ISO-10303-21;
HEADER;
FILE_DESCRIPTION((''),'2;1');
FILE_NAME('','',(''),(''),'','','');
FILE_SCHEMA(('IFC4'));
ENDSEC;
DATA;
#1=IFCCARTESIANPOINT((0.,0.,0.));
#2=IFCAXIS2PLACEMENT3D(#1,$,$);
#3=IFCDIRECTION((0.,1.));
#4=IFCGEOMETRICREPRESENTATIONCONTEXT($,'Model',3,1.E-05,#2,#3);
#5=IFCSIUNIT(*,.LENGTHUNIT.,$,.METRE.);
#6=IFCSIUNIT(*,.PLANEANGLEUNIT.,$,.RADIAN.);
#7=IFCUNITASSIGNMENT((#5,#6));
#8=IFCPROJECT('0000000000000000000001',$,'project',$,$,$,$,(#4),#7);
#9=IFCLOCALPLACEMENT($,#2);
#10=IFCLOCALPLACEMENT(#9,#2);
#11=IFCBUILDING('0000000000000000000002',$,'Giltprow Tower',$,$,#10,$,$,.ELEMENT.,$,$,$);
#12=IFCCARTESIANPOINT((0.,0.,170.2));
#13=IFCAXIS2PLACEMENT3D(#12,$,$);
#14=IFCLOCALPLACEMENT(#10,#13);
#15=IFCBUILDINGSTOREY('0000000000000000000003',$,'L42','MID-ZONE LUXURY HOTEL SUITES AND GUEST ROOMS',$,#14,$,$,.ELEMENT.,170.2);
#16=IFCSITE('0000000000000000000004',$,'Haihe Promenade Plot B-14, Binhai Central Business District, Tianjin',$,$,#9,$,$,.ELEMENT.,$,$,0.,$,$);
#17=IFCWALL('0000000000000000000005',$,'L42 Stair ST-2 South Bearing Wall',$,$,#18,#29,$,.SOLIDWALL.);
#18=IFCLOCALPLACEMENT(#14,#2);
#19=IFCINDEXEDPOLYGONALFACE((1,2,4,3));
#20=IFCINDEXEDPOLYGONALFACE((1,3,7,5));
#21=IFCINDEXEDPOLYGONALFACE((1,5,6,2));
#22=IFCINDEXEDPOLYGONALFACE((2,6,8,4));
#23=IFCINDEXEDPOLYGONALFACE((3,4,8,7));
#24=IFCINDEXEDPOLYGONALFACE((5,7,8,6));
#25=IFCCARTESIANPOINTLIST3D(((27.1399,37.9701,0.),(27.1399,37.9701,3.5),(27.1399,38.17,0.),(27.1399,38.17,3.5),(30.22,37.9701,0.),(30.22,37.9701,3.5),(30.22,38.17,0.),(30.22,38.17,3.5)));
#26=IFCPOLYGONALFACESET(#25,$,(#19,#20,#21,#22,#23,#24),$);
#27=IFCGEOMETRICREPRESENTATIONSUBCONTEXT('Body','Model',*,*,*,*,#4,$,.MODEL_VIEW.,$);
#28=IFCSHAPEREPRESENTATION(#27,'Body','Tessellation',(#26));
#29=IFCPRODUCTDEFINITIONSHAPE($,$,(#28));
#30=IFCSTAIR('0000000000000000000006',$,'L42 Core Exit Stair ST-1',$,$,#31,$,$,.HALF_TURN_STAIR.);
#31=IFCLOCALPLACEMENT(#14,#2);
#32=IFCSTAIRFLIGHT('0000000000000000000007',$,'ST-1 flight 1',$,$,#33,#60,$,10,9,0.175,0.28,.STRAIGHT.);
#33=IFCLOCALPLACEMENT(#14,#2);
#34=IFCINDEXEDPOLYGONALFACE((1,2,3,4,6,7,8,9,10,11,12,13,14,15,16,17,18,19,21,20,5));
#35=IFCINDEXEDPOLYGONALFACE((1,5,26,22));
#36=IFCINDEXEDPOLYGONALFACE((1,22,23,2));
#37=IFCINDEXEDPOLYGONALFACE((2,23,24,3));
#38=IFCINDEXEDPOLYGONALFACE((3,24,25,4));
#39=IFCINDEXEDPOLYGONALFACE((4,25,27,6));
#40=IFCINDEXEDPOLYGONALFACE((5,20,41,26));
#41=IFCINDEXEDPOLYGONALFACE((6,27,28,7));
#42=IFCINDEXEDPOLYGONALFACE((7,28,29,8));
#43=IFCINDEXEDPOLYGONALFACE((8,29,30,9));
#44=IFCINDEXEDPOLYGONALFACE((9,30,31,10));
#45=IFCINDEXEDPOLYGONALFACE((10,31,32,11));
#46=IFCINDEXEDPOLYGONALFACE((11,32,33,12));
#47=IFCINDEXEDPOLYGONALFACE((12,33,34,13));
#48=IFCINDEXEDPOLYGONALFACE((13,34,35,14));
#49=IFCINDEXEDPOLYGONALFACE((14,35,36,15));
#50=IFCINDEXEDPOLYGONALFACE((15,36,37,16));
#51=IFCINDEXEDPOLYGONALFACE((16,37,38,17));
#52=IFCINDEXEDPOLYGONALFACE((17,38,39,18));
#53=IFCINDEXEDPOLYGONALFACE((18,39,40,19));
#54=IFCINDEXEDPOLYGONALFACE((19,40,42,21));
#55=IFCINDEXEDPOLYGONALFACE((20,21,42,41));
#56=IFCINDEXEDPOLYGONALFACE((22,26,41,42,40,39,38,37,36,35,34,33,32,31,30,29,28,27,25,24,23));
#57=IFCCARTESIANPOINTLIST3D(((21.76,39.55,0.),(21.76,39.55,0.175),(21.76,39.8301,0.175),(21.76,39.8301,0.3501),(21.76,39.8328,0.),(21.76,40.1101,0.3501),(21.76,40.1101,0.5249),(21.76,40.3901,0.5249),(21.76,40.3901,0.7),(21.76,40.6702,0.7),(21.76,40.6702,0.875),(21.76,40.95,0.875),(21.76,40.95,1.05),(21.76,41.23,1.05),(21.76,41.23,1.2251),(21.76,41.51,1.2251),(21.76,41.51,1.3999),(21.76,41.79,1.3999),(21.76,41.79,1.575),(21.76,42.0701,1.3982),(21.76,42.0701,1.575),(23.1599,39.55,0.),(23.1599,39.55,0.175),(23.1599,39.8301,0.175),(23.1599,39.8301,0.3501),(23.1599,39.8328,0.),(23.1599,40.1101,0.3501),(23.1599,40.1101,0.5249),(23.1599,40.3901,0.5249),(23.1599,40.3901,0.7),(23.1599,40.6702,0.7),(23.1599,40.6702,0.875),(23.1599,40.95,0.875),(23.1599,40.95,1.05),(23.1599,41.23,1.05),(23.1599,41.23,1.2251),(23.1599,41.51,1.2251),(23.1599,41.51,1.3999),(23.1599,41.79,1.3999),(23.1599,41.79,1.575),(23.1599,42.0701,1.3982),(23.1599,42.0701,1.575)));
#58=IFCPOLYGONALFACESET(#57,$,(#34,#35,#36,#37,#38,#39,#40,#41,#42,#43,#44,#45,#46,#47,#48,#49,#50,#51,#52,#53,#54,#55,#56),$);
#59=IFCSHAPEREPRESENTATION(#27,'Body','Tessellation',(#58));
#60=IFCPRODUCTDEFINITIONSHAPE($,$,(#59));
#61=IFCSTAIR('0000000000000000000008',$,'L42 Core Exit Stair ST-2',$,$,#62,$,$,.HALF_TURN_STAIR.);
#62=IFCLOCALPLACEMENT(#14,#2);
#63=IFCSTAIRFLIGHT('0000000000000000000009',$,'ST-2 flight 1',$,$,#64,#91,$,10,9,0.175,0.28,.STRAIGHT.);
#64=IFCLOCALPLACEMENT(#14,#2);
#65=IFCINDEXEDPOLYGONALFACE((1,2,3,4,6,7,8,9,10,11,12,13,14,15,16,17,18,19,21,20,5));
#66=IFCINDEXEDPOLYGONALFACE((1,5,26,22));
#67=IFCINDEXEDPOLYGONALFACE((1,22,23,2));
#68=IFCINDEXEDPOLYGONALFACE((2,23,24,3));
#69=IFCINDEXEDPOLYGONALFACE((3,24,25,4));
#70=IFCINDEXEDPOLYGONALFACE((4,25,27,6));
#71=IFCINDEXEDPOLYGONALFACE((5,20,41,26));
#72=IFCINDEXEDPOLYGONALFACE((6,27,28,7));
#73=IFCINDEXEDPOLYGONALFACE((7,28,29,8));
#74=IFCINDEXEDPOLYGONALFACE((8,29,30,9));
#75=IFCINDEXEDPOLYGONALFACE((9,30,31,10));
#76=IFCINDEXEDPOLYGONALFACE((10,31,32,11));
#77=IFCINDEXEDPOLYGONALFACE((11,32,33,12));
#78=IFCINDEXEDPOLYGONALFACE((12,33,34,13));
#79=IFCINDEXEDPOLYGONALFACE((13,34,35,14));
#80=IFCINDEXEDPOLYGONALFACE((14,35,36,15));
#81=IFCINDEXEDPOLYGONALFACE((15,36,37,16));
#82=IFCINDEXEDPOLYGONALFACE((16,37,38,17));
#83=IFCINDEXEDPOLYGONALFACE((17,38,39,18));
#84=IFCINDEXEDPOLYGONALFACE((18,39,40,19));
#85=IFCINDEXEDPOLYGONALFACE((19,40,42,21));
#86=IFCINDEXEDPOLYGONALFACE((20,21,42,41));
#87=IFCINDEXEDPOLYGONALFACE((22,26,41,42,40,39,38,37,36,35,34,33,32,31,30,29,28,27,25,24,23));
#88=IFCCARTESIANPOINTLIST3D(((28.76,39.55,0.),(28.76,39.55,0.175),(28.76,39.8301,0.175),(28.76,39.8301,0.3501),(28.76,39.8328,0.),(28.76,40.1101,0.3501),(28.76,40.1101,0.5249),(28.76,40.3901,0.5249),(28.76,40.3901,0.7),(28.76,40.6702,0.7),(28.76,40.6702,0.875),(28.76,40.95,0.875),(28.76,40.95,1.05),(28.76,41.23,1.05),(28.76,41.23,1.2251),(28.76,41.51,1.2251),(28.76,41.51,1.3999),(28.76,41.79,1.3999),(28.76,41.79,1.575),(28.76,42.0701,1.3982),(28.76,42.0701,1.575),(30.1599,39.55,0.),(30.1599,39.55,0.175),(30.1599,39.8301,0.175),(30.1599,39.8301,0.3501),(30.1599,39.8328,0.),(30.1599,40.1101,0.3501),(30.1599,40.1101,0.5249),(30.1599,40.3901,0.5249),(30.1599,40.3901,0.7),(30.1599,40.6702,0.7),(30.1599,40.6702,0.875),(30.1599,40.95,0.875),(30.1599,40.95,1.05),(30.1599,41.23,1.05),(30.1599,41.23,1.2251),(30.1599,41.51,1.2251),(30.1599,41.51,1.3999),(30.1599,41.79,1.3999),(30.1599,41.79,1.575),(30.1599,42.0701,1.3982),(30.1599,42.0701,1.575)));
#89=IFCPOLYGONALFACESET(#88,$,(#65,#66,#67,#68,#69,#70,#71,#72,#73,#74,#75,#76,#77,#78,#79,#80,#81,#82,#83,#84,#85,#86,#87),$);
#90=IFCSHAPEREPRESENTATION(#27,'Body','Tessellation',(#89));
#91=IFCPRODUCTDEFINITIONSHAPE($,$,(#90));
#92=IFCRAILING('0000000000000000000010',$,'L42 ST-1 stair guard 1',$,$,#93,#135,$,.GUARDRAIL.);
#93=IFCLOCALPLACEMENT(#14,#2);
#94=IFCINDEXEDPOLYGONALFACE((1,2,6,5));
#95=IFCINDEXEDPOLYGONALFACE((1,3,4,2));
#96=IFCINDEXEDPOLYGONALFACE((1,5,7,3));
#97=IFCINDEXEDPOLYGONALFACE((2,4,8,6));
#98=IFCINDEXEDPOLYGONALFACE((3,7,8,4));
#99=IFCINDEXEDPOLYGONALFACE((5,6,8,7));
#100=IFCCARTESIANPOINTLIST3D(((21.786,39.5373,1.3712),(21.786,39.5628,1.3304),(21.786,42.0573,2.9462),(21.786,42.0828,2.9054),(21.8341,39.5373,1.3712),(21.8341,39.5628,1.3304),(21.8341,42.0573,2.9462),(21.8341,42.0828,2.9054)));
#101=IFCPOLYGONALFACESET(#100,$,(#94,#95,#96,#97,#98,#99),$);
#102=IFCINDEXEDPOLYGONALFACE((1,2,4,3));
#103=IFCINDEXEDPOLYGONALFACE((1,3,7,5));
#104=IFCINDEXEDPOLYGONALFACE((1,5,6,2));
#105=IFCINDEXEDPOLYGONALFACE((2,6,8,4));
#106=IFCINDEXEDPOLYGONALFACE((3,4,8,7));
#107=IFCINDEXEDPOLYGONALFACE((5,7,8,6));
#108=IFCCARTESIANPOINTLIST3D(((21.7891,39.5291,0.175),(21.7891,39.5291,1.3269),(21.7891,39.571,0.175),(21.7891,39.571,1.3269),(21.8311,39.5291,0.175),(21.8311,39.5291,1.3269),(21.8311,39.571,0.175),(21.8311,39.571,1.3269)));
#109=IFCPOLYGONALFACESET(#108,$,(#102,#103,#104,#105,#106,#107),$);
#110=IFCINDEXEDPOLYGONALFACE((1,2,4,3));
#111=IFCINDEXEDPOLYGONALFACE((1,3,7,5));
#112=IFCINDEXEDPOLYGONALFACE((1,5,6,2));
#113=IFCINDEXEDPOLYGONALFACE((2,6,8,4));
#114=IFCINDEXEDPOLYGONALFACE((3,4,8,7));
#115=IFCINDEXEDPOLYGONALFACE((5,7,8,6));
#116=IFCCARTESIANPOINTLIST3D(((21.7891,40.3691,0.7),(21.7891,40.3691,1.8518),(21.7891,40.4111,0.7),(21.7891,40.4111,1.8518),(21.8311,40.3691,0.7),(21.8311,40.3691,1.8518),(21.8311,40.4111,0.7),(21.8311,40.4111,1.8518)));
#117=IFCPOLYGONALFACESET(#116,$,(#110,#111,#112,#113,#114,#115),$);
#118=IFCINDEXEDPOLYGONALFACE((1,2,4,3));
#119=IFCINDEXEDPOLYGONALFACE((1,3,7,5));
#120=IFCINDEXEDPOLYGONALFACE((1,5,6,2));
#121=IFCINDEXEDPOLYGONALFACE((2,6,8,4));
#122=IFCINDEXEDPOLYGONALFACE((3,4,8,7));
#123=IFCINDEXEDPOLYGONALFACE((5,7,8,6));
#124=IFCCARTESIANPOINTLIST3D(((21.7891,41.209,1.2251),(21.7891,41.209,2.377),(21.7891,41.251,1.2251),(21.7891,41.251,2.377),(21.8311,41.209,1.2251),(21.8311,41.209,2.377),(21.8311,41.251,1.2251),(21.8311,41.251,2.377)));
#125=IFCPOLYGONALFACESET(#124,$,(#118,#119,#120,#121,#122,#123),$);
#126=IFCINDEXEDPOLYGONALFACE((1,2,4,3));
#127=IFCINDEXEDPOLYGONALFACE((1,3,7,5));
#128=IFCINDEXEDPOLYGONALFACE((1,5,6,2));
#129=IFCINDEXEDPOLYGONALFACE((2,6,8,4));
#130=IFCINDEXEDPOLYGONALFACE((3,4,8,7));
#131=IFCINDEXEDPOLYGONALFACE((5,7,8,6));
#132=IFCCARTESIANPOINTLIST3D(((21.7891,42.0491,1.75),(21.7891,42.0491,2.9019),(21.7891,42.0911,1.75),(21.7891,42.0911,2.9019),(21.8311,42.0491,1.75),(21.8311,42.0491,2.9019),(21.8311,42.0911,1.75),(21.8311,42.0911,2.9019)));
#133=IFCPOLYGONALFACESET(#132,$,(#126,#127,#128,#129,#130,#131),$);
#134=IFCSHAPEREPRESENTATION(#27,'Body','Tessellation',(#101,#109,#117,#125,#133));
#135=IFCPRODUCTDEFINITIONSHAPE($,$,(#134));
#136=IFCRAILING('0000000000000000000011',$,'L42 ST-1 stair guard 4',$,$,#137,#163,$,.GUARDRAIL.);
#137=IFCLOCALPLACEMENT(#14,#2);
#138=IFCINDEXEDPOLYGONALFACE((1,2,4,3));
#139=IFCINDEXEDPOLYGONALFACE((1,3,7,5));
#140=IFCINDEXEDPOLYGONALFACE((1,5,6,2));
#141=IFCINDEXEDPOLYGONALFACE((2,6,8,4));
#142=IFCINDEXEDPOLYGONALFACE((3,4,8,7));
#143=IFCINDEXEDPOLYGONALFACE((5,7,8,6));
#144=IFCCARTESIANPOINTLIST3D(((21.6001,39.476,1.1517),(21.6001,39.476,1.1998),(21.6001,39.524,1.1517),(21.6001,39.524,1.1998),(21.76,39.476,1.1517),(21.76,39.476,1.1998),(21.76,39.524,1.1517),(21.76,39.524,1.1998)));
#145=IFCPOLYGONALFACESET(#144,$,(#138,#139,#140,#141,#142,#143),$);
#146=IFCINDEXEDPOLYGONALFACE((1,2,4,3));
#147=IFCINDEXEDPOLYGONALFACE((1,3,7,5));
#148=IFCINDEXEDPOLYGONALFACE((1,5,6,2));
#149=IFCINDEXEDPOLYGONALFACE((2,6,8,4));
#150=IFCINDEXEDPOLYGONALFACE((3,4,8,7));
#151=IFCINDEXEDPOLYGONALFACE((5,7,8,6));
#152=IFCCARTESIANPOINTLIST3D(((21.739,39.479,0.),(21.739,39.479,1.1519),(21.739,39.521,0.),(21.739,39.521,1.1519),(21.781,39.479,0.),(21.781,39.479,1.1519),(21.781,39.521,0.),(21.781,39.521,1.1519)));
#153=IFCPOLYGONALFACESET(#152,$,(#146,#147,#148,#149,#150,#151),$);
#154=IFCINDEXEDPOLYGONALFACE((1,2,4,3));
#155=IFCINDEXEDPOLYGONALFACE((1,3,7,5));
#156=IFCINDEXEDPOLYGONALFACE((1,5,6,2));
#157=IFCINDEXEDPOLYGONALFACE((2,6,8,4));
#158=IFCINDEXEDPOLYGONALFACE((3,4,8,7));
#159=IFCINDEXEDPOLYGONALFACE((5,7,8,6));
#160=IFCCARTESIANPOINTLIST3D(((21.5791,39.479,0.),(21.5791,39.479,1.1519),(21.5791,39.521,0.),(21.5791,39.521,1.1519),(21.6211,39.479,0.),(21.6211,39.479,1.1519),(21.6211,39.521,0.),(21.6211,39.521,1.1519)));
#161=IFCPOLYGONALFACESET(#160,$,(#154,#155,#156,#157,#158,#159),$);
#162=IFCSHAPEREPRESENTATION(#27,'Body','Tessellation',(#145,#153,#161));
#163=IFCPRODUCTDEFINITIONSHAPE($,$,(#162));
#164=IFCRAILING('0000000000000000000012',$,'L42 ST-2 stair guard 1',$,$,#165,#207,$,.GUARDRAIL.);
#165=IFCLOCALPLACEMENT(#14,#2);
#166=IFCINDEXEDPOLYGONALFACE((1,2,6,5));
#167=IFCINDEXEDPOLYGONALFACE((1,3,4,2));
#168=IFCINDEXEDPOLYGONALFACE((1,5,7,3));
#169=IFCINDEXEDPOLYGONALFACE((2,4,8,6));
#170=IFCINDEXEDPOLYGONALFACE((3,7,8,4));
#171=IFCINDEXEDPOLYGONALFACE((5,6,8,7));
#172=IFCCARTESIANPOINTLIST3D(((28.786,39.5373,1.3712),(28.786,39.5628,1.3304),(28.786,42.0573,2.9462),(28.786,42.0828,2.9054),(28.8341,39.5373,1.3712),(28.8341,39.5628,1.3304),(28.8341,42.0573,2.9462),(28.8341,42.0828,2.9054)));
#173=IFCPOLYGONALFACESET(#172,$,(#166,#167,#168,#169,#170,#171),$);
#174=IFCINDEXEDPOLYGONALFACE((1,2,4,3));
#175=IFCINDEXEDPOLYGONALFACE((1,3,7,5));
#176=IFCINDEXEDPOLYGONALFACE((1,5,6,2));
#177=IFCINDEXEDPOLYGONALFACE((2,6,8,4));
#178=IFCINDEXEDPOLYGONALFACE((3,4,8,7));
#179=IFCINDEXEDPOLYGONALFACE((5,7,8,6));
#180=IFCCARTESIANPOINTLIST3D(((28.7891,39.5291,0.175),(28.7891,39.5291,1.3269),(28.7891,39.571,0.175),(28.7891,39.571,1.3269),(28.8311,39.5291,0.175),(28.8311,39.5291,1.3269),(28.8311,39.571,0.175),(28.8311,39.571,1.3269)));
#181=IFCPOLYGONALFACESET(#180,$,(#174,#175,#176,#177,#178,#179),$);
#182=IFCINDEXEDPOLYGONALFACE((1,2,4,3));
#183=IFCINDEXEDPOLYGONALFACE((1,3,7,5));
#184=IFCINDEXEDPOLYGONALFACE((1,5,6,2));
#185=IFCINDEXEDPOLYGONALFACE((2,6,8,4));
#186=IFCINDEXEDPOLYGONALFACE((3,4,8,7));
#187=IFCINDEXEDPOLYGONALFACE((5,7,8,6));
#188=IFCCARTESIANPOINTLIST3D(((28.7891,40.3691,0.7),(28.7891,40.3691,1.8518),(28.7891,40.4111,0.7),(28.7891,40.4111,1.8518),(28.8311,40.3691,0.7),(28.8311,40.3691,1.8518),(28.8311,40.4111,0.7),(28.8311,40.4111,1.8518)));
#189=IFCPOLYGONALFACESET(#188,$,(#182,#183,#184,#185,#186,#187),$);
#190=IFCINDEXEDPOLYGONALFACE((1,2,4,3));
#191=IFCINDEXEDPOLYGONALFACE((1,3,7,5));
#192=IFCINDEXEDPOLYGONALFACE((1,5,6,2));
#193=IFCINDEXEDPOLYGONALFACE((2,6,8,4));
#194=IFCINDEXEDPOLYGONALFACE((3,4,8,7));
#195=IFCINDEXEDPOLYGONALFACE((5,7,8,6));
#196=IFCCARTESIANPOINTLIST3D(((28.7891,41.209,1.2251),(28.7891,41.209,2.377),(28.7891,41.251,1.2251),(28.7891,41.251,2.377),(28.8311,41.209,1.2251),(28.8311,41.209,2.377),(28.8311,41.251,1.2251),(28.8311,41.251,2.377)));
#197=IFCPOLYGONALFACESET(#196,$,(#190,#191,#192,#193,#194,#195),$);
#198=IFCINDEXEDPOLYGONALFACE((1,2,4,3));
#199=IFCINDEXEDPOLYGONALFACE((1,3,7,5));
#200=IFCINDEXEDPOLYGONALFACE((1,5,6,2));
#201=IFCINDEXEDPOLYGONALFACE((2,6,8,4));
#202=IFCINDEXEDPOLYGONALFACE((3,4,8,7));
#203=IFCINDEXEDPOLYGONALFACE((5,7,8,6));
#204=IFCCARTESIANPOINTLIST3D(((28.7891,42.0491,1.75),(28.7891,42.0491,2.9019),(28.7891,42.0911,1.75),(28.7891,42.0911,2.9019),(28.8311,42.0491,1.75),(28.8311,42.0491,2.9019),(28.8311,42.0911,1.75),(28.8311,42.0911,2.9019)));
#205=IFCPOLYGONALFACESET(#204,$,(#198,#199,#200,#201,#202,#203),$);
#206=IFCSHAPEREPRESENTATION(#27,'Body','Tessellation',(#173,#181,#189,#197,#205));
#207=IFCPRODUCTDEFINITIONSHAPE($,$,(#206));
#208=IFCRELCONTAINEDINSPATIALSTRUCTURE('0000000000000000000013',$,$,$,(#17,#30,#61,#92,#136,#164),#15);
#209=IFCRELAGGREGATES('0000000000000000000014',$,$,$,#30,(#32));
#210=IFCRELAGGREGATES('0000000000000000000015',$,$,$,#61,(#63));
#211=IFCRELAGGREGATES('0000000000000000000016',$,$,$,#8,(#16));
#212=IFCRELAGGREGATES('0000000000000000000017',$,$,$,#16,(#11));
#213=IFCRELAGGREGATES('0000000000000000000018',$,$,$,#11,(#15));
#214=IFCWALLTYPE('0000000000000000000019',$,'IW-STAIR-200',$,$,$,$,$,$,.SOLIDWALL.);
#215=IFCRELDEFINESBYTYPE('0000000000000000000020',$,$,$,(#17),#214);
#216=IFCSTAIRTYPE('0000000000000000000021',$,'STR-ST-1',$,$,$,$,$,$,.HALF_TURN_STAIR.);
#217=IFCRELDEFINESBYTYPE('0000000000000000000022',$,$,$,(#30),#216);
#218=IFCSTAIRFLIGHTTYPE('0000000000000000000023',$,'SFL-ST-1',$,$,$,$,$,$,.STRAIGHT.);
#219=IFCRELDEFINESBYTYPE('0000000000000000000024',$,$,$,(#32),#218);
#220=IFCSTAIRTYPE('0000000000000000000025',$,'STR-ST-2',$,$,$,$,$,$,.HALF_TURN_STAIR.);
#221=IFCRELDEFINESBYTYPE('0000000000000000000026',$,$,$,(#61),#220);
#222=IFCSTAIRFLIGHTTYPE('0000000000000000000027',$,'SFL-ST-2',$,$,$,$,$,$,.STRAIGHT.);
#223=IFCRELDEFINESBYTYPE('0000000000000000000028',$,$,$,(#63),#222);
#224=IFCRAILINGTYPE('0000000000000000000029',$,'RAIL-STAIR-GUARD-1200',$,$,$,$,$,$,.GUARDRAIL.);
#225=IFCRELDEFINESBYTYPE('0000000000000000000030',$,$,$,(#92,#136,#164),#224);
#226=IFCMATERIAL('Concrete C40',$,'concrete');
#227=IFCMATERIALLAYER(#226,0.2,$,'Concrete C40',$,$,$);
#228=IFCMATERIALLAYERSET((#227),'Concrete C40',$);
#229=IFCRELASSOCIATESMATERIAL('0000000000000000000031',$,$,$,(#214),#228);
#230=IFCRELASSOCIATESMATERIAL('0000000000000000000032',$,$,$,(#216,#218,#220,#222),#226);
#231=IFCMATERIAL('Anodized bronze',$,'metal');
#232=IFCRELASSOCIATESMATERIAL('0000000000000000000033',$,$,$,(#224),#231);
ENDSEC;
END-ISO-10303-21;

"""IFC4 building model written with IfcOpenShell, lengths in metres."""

from ifc_helpers import new_model, si_unit, direction, frame, frame_2d, origin, origin_2d, place, context, subcontext, project, spatial, polyline, rectangle, outline, extrude, material, layer, layer_set, type_object, element, aggregate, save


model = new_model("IFC4")

# Units and contexts
model_context = context("Model", 3, precision=1e-05, world=origin(), true_north=direction((0.0, 1.0)))
body_context = subcontext(model_context, "Body", "Model", "MODEL_VIEW")
ifc_project = project(units=[si_unit("LENGTHUNIT", "METRE"), si_unit("PLANEANGLEUNIT", "RADIAN")], contexts=[model_context])

# Site, building, storey
site_placement = place(None, origin())
site = spatial("IfcSite", under=ifc_project, at=site_placement, Name="Haihe Promenade Plot B-14, Binhai Central Business District, Tianjin", CompositionType="ELEMENT", RefElevation=0.0)
building_placement = place(site_placement, origin())
building = spatial("IfcBuilding", under=site, at=building_placement, Name="Giltprow Tower", CompositionType="ELEMENT")
storey_placement = place(building_placement, frame((0.0, 0.0, 170.2)))
storey = spatial("IfcBuildingStorey", under=building, at=storey_placement, Name="L42", Description="MID-ZONE LUXURY HOTEL SUITES AND GUEST ROOMS", CompositionType="ELEMENT", Elevation=170.2)

# Shared definitions
ifc_material_1 = material(Name="Concrete C40", Category="concrete")
ifc_layer_1 = layer(ifc_material_1, 0.2, Name="Concrete C40")
ifc_layer_set_1 = layer_set([ifc_layer_1], Name="Concrete C40")
wall_type_1 = type_object("IfcWallType", Name="IW-STAIR-200", PredefinedType="SOLIDWALL", material=ifc_layer_set_1)

# Wall
wall_1_placement = place(storey_placement, frame((27.1399, 38.0701, 0.0), z_axis=(0.0, 0.0, 1.0), x_axis=(1.0, 0.0, 0.0)))
element("IfcWall", 1, at=wall_1_placement, inside=storey, type_object=wall_type_1, Name="L42 Stair ST-2 South Bearing Wall", PredefinedType="SOLIDWALL", context=body_context, shape_type="SweptSolid", body=[
    extrude(rectangle(XDim=3.0801, YDim=0.2, at=frame_2d((1.54, 0.0))), origin(), (0.0, 0.0, 1.0), 3.5),
])

# Stairs, stair flights
stair_type_1 = type_object("IfcStairType", Name="STR-ST-1", PredefinedType="HALF_TURN_STAIR", material=ifc_material_1)
stair_1_placement = place(storey_placement, origin())
stair_1 = element("IfcStair", 2, at=stair_1_placement, inside=storey, type_object=stair_type_1, Name="L42 Core Exit Stair ST-1", PredefinedType="HALF_TURN_STAIR")
stair_flight_type_1 = type_object("IfcStairFlightType", Name="SFL-ST-1", PredefinedType="STRAIGHT", material=ifc_material_1)
stair_flight_1_placement = place(storey_placement, frame((22.46, 39.55, 0.0), z_axis=(0.0, 0.0, 1.0), x_axis=(0.0, 1.0, 0.0)))
stair_flight_1 = element("IfcStairFlight", 3, at=stair_flight_1_placement, type_object=stair_flight_type_1, Name="ST-1 flight 1", NumberOfRisers=10, NumberOfTreads=9, PredefinedType="STRAIGHT", RiserHeight=0.175, TreadLength=0.28, context=body_context, shape_type="SweptSolid", body=[
    extrude(outline(polyline([(0.0, 0.0), (0.0, 0.175), (0.28, 0.175), (0.28, 0.3501), (0.5601, 0.3501), (0.5601, 0.5249), (0.8401, 0.5249), (0.8401, 0.7), (1.1201, 0.7), (1.1201, 0.875), (1.3999, 0.875), (1.3999, 1.05), (1.6799, 1.05), (1.6799, 1.2251), (1.96, 1.2251), (1.96, 1.3999), (2.24, 1.3999), (2.24, 1.575), (2.52, 1.575), (2.52, 1.75), (2.52, 1.3982), (0.2827, 0.0), (0.0, 0.0)])), frame((0.0, 0.7, 0.0), z_axis=(0.0, -1.0, 0.0), x_axis=(1.0, 0.0, 0.0)), (0.0, 0.0, 1.0), 1.3999),
])
aggregate(stair_1, [stair_flight_1])
stair_type_2 = type_object("IfcStairType", Name="STR-ST-2", PredefinedType="HALF_TURN_STAIR", material=ifc_material_1)
stair_2_placement = place(storey_placement, origin())
stair_2 = element("IfcStair", 4, at=stair_2_placement, inside=storey, type_object=stair_type_2, Name="L42 Core Exit Stair ST-2", PredefinedType="HALF_TURN_STAIR")
stair_flight_type_2 = type_object("IfcStairFlightType", Name="SFL-ST-2", PredefinedType="STRAIGHT", material=ifc_material_1)
stair_flight_2_placement = place(storey_placement, frame((29.46, 39.55, 0.0), z_axis=(0.0, 0.0, 1.0), x_axis=(0.0, 1.0, 0.0)))
stair_flight_2 = element("IfcStairFlight", 5, at=stair_flight_2_placement, type_object=stair_flight_type_2, Name="ST-2 flight 1", NumberOfRisers=10, NumberOfTreads=9, PredefinedType="STRAIGHT", RiserHeight=0.175, TreadLength=0.28, context=body_context, shape_type="SweptSolid", body=[
    extrude(outline(polyline([(0.0, 0.0), (0.0, 0.175), (0.28, 0.175), (0.28, 0.3501), (0.5601, 0.3501), (0.5601, 0.5249), (0.8401, 0.5249), (0.8401, 0.7), (1.1201, 0.7), (1.1201, 0.875), (1.3999, 0.875), (1.3999, 1.05), (1.6799, 1.05), (1.6799, 1.2251), (1.96, 1.2251), (1.96, 1.3999), (2.24, 1.3999), (2.24, 1.575), (2.52, 1.575), (2.52, 1.75), (2.52, 1.3982), (0.2827, 0.0), (0.0, 0.0)])), frame((0.0, 0.7, 0.0), z_axis=(0.0, -1.0, 0.0), x_axis=(1.0, 0.0, 0.0)), (0.0, 0.0, 1.0), 1.3999),
])
aggregate(stair_2, [stair_flight_2])

# Railings
ifc_material_2 = material(Name="Anodized bronze", Category="metal")
railing_type_1 = type_object("IfcRailingType", Name="RAIL-STAIR-GUARD-1200", PredefinedType="GUARDRAIL", material=ifc_material_2)
railing_1_placement = place(storey_placement, frame((21.8101, 39.55, 0.175)))
element("IfcRailing", 6, at=railing_1_placement, inside=storey, type_object=railing_type_1, Name="L42 ST-1 stair guard 1", PredefinedType="GUARDRAIL", context=body_context, shape_type="SweptSolid", body=[
    extrude(rectangle(XDim=0.0481, YDim=0.0481, at=origin_2d()), frame((0.0, 0.0, 1.1758), z_axis=(0.0, 0.848008, 0.529984), x_axis=(-1.0, 0.0, 0.0)), (0.0, 0.0, 1.0), 2.9717),
    extrude(rectangle(XDim=0.042, YDim=0.042, at=origin_2d()), origin(), (0.0, 0.0, 1.0), 1.1519),
    extrude(rectangle(XDim=0.042, YDim=0.042, at=origin_2d()), frame((0.0, 0.8401, 0.5249)), (0.0, 0.0, 1.0), 1.1519),
    extrude(rectangle(XDim=0.042, YDim=0.042, at=origin_2d()), frame((0.0, 1.6799, 1.05)), (0.0, 0.0, 1.0), 1.1519),
    extrude(rectangle(XDim=0.042, YDim=0.042, at=origin_2d()), frame((0.0, 2.52, 1.575)), (0.0, 0.0, 1.0), 1.1519),
])
railing_2_placement = place(storey_placement, frame((21.76, 39.5, 0.0)))
element("IfcRailing", 7, at=railing_2_placement, inside=storey, type_object=railing_type_1, Name="L42 ST-1 stair guard 4", PredefinedType="GUARDRAIL", context=body_context, shape_type="SweptSolid", body=[
    extrude(rectangle(XDim=0.0481, YDim=0.0481, at=origin_2d()), frame((0.0, 0.0, 1.1758), z_axis=(-1.0, 0.0, 0.0), x_axis=(0.0, -1.0, 0.0)), (0.0, 0.0, 1.0), 0.1599),
    extrude(rectangle(XDim=0.042, YDim=0.042, at=origin_2d()), origin(), (0.0, 0.0, 1.0), 1.1519),
    extrude(rectangle(XDim=0.042, YDim=0.042, at=origin_2d()), frame((-0.1599, 0.0, 0.0)), (0.0, 0.0, 1.0), 1.1519),
])
railing_3_placement = place(storey_placement, frame((28.8101, 39.55, 0.175)))
element("IfcRailing", 8, at=railing_3_placement, inside=storey, type_object=railing_type_1, Name="L42 ST-2 stair guard 1", PredefinedType="GUARDRAIL", context=body_context, shape_type="SweptSolid", body=[
    extrude(rectangle(XDim=0.0481, YDim=0.0481, at=origin_2d()), frame((0.0, 0.0, 1.1758), z_axis=(0.0, 0.848008, 0.529984), x_axis=(-1.0, 0.0, 0.0)), (0.0, 0.0, 1.0), 2.9717),
    extrude(rectangle(XDim=0.042, YDim=0.042, at=origin_2d()), origin(), (0.0, 0.0, 1.0), 1.1519),
    extrude(rectangle(XDim=0.042, YDim=0.042, at=origin_2d()), frame((0.0, 0.8401, 0.5249)), (0.0, 0.0, 1.0), 1.1519),
    extrude(rectangle(XDim=0.042, YDim=0.042, at=origin_2d()), frame((0.0, 1.6799, 1.05)), (0.0, 0.0, 1.0), 1.1519),
    extrude(rectangle(XDim=0.042, YDim=0.042, at=origin_2d()), frame((0.0, 2.52, 1.575)), (0.0, 0.0, 1.0), 1.1519),
])

save(model, "model.ifc")
